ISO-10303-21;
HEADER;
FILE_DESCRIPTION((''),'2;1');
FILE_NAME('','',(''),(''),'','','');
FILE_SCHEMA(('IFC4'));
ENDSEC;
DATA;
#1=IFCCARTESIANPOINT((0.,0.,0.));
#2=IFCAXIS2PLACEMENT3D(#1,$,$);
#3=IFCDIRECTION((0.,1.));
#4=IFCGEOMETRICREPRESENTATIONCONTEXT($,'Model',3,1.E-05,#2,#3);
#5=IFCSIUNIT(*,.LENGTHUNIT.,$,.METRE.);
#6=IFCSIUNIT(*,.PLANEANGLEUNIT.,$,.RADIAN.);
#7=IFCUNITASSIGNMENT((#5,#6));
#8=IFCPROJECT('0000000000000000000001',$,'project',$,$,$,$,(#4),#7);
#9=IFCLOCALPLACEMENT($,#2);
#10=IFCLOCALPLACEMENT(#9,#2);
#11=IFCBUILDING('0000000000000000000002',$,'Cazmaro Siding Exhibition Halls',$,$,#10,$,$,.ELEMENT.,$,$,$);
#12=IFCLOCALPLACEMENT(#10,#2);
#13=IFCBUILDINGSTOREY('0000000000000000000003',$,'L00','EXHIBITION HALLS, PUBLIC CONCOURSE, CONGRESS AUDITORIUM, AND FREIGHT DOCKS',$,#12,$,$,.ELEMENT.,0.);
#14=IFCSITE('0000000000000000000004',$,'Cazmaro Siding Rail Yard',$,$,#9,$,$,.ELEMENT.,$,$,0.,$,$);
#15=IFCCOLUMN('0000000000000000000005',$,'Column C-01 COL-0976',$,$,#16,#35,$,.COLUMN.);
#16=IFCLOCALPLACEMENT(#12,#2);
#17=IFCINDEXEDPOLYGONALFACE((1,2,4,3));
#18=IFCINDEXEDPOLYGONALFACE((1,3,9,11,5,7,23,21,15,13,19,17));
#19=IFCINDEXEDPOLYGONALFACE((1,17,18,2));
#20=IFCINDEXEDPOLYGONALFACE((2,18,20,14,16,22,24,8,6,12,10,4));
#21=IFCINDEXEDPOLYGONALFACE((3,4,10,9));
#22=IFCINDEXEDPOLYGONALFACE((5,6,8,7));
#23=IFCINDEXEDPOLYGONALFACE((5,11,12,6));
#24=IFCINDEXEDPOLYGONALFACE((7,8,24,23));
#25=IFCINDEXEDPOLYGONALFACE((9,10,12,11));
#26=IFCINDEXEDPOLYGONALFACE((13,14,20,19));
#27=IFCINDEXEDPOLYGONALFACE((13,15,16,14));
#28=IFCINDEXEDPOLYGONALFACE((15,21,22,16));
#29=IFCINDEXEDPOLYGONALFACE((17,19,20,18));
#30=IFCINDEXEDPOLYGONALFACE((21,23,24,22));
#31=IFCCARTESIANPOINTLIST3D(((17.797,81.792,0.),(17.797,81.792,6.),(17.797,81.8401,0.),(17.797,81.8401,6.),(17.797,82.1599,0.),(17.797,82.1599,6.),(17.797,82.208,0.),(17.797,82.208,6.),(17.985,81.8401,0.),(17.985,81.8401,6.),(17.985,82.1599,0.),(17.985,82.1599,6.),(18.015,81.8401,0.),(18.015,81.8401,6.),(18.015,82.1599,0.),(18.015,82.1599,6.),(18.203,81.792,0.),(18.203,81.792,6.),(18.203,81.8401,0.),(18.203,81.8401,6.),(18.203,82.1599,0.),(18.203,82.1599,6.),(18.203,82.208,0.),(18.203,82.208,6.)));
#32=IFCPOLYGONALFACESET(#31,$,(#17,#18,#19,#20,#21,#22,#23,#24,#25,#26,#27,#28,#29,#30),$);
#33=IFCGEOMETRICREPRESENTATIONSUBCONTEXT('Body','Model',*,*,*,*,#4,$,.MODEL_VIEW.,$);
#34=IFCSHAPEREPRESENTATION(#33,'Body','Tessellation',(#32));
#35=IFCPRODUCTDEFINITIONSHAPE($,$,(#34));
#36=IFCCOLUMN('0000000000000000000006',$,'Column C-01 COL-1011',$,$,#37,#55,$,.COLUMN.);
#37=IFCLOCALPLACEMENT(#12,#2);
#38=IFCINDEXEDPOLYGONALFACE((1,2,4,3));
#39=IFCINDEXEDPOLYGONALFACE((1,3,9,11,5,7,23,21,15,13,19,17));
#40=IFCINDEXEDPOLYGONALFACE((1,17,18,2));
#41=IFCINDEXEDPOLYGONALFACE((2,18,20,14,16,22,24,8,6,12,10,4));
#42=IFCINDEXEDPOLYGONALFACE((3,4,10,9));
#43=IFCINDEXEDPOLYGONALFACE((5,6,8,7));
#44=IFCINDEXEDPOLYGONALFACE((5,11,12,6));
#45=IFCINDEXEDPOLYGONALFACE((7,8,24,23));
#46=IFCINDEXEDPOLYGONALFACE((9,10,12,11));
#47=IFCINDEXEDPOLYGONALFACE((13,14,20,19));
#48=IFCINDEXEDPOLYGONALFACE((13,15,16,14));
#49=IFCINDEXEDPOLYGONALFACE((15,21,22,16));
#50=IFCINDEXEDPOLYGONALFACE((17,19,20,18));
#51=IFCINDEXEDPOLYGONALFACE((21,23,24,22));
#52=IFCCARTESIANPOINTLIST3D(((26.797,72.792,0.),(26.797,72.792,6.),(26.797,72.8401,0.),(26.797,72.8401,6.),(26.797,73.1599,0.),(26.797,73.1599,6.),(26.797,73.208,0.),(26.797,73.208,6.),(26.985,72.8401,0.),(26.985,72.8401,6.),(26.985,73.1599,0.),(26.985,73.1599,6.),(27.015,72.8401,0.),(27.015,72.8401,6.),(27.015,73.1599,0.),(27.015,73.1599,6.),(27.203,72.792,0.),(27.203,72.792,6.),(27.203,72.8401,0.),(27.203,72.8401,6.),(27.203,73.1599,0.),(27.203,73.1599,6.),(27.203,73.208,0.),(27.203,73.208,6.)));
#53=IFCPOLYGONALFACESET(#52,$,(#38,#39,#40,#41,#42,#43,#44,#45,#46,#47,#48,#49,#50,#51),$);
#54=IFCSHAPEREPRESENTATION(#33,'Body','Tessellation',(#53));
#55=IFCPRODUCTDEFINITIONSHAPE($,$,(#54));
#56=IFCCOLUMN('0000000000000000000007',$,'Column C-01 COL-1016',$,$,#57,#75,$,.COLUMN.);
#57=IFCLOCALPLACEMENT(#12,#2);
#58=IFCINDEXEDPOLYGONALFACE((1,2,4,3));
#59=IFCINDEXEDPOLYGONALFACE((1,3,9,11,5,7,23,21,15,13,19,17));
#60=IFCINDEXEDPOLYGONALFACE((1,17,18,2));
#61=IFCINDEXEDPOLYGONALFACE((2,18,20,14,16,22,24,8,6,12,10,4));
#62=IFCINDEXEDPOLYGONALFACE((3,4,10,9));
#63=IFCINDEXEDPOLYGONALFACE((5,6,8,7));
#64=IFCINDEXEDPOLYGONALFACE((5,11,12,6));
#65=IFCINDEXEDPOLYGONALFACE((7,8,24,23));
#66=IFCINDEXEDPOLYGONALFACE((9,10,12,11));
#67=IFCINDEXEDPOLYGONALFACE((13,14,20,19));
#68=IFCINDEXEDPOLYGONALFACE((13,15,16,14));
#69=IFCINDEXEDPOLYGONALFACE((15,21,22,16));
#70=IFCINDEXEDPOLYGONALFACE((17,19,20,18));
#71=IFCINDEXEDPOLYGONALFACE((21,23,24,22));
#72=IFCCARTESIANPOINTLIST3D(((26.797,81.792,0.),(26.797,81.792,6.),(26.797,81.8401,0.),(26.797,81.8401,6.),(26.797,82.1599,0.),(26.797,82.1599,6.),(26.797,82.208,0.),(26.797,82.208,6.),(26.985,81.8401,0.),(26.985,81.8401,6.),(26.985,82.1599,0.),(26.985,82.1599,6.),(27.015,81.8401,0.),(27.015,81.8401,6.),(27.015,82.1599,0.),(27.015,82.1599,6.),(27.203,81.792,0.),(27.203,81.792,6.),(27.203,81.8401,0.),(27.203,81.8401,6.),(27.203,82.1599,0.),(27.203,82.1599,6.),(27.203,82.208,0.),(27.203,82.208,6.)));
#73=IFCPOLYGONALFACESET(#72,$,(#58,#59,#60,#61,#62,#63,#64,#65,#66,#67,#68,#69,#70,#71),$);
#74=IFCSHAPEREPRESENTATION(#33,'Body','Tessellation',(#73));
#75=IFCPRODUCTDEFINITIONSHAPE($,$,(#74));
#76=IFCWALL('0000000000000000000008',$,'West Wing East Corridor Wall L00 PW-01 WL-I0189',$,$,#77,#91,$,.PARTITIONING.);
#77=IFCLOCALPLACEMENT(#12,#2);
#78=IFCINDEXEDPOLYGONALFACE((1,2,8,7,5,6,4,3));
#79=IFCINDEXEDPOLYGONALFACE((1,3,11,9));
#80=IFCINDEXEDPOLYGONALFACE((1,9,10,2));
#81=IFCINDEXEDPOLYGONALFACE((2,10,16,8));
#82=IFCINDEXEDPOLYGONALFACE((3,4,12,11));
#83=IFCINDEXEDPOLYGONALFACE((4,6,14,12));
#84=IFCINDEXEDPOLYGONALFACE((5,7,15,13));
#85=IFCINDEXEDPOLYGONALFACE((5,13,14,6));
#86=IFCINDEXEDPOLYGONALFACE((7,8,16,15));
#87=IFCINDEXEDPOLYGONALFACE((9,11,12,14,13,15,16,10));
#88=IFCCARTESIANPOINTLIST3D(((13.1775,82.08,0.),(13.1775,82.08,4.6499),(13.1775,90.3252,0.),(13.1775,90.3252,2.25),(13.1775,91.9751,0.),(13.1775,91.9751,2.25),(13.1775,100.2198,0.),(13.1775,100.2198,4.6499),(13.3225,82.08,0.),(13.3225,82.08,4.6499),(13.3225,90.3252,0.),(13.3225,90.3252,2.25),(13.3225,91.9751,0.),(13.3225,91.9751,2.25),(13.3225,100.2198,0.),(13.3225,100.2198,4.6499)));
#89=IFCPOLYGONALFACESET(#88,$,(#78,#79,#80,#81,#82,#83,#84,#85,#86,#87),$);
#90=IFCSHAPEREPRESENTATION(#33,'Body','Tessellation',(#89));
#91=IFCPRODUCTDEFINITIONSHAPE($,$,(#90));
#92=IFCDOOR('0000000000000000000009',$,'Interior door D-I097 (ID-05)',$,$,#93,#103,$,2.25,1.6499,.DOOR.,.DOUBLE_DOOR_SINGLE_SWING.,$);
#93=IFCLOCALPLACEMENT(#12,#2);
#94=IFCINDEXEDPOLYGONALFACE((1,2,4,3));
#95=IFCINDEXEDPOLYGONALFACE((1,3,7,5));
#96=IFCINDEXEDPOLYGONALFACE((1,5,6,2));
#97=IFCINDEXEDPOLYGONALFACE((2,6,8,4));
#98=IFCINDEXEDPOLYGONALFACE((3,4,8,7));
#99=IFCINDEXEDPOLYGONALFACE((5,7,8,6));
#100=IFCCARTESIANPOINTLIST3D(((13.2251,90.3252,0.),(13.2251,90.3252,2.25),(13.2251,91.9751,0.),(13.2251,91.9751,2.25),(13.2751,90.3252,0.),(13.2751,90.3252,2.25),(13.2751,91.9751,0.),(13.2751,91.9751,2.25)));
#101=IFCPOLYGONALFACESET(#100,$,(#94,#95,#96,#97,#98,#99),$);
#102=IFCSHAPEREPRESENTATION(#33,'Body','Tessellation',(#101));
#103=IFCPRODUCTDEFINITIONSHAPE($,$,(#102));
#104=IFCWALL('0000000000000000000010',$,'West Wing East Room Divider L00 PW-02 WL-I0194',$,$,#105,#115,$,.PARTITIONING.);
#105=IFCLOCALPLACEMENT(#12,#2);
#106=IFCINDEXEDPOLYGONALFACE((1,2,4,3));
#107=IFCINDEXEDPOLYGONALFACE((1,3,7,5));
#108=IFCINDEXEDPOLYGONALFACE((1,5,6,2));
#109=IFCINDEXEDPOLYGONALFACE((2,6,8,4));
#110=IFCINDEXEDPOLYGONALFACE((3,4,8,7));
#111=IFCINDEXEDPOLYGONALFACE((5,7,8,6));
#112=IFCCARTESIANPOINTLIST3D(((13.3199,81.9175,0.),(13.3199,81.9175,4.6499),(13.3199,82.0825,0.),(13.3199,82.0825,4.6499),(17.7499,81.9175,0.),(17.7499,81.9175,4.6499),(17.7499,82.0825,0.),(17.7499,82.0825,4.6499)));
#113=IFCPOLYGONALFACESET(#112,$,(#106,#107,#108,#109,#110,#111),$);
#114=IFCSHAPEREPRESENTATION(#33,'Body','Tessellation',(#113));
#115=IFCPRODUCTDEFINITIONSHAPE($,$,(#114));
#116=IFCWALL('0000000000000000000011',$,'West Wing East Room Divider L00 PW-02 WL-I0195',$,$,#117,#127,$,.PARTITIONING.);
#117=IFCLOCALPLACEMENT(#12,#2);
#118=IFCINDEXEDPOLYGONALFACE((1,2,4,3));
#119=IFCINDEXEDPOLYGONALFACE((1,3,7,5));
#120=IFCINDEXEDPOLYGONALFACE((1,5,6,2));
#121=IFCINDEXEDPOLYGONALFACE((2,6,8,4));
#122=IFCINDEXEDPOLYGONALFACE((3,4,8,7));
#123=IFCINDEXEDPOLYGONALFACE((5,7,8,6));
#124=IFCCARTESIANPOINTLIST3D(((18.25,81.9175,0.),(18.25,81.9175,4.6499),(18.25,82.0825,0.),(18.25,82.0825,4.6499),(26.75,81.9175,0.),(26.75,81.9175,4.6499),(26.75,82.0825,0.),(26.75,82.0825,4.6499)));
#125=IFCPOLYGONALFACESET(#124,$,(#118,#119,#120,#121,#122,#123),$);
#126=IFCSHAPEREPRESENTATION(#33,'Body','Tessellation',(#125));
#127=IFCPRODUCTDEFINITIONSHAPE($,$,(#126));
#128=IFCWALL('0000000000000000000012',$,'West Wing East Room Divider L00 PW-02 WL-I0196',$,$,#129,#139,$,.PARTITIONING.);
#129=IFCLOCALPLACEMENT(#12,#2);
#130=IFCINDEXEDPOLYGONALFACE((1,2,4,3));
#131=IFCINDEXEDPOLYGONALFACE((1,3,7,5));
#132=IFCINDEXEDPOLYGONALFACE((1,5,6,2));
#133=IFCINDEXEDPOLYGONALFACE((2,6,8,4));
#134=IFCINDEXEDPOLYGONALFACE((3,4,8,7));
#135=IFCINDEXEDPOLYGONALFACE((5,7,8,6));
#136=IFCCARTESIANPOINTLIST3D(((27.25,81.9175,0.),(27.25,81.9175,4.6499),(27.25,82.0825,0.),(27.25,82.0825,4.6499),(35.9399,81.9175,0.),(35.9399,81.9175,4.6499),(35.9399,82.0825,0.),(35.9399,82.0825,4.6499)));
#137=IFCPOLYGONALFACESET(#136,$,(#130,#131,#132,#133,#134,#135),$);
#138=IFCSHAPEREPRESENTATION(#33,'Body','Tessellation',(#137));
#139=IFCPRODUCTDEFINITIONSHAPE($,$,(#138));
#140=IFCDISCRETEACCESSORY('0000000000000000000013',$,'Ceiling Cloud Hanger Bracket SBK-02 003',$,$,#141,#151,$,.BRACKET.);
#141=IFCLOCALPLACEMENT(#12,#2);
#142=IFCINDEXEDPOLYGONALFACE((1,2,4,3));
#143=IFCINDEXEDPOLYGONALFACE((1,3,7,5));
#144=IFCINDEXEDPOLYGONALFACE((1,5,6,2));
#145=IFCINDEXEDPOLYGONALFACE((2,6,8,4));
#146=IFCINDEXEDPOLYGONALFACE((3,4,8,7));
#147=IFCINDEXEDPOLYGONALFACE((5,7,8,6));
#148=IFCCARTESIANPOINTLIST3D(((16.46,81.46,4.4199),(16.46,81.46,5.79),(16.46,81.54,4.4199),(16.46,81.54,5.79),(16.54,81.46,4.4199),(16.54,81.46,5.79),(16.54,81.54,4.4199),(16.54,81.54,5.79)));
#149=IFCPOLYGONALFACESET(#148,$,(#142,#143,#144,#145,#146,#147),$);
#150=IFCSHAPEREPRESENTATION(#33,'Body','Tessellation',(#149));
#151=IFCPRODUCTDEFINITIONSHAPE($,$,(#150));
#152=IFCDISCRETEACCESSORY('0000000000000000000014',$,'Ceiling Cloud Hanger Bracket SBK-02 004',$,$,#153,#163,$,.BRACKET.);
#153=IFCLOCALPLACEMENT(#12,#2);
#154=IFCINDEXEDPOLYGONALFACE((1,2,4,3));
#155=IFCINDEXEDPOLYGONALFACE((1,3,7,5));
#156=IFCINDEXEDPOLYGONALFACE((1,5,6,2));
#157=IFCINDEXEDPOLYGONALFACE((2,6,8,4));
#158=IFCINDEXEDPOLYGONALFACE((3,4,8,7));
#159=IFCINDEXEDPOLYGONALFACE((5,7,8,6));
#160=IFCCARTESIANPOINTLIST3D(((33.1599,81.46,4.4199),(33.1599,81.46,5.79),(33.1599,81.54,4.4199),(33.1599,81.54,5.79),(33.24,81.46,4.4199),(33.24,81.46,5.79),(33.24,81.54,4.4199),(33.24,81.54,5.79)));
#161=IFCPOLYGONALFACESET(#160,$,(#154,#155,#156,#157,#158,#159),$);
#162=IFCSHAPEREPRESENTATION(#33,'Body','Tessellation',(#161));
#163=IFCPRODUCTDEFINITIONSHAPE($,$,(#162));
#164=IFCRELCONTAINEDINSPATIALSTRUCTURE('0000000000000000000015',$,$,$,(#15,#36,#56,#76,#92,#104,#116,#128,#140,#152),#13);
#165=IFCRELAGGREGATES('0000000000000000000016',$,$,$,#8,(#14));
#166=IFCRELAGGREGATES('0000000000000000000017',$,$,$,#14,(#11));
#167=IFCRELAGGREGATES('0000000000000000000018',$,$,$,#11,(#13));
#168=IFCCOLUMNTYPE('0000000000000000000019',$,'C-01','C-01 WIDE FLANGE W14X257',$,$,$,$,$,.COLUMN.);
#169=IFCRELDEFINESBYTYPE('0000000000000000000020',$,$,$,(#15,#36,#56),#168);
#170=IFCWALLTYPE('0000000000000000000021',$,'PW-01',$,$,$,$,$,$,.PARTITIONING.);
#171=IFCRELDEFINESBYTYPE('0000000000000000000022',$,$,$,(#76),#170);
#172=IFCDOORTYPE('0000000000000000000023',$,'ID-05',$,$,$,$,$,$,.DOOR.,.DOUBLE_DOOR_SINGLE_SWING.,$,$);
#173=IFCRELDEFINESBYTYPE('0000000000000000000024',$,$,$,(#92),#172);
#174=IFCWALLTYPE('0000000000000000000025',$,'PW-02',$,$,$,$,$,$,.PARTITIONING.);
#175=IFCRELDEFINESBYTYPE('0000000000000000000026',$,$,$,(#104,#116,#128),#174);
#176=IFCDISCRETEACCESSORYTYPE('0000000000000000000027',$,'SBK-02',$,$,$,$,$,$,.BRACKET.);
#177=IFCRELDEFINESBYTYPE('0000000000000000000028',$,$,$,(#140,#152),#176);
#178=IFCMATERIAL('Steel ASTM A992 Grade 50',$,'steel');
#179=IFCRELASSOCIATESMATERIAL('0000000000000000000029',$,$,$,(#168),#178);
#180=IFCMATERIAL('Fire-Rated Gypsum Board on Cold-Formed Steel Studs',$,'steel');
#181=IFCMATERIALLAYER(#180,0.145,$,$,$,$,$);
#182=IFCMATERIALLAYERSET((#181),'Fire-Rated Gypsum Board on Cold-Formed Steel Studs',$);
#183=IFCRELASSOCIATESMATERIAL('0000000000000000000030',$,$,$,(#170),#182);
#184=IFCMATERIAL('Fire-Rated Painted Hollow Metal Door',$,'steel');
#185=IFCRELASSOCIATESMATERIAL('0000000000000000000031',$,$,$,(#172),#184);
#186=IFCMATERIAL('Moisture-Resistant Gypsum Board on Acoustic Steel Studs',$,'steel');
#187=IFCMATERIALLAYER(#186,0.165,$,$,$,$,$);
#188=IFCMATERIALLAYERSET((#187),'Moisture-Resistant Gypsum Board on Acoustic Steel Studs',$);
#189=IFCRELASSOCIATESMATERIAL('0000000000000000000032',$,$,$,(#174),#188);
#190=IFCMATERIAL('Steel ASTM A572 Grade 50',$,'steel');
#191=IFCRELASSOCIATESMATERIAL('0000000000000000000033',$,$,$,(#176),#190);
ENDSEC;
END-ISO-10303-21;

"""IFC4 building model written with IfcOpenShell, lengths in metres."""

from ifc_helpers import new_model, si_unit, direction, frame, frame_2d, origin, origin_2d, place, context, subcontext, project, spatial, rectangle, i_section, extrude, material, layer, layer_set, material_profile, profile_set, type_object, element, fill, save


model = new_model("IFC4")

# Units and contexts
model_context = context("Model", 3, precision=1e-05, world=origin(), true_north=direction((0.0, 1.0)))
body_context = subcontext(model_context, "Body", "Model", "MODEL_VIEW")
ifc_project = project(units=[si_unit("LENGTHUNIT", "METRE"), si_unit("PLANEANGLEUNIT", "RADIAN")], contexts=[model_context])

# Site, building, storey
site_placement = place(None, origin())
site = spatial("IfcSite", under=ifc_project, at=site_placement, Name="Cazmaro Siding Rail Yard", CompositionType="ELEMENT", RefElevation=0.0)
building_placement = place(site_placement, origin())
building = spatial("IfcBuilding", under=site, at=building_placement, Name="Cazmaro Siding Exhibition Halls", CompositionType="ELEMENT")
storey_placement = place(building_placement, origin())
storey = spatial("IfcBuildingStorey", under=building, at=storey_placement, Name="L00", Description="EXHIBITION HALLS, PUBLIC CONCOURSE, CONGRESS AUDITORIUM, AND FREIGHT DOCKS", CompositionType="ELEMENT", Elevation=0.0)

# Columns
ifc_material_1 = material(Name="Steel ASTM A992 Grade 50", Category="steel")
ifc_material_profile_1 = material_profile(ifc_material_1, i_section(OverallWidth=0.406, OverallDepth=0.416, WebThickness=0.03, FlangeThickness=0.0481, at=origin_2d()), Name="W14X257")
ifc_profile_set_1 = profile_set([ifc_material_profile_1], Name="Steel ASTM A992 Grade 50")
column_type = type_object("IfcColumnType", Name="C-01", Description="C-01 WIDE FLANGE W14X257", PredefinedType="COLUMN", material=ifc_profile_set_1)
for number, where, z_axis, x_axis, name in (
    (1, (18.0, 82.0, 0.0), (0.0, 0.0, 1.0), (1.0, 0.0, 0.0), "Column C-01 COL-0976"),
    (2, (27.0, 73.0, 0.0), (0.0, 0.0, 1.0), (1.0, 0.0, 0.0), "Column C-01 COL-1011"),
    (3, (27.0, 82.0, 0.0), (0.0, 0.0, 1.0), (1.0, 0.0, 0.0), "Column C-01 COL-1016"),
):
    element("IfcColumn", number, at=place(storey_placement, frame(where, z_axis=z_axis, x_axis=x_axis)), inside=storey, type_object=column_type, Name=name, PredefinedType="COLUMN", context=body_context, shape_type="SweptSolid", body=[
        extrude(i_section(OverallWidth=0.406, OverallDepth=0.416, WebThickness=0.03, FlangeThickness=0.0481, at=origin_2d()), origin(), (0.0, 0.0, 1.0), 6.0),
    ])

# Wall, opening, door
ifc_material_2 = material(Name="Fire-Rated Gypsum Board on Cold-Formed Steel Studs", Category="steel")
ifc_layer_1 = layer(ifc_material_2, 0.145)
ifc_layer_set_1 = layer_set([ifc_layer_1], Name="Fire-Rated Gypsum Board on Cold-Formed Steel Studs")
wall_type_1 = type_object("IfcWallType", Name="PW-01", PredefinedType="PARTITIONING", material=ifc_layer_set_1)
wall_1_placement = place(storey_placement, frame((13.25, 82.0801, 0.0), z_axis=(0.0, 0.0, 1.0), x_axis=(0.0, 1.0, 0.0)))
wall_1 = element("IfcWall", 4, at=wall_1_placement, inside=storey, type_object=wall_type_1, Name="West Wing East Corridor Wall L00 PW-01 WL-I0189", PredefinedType="PARTITIONING", context=body_context, shape_type="SweptSolid", body=[
    extrude(rectangle(XDim=18.1399, YDim=0.145, at=frame_2d((9.0698, 0.0))), origin(), (0.0, 0.0, 1.0), 4.6499),
])
opening_placement = place(wall_1_placement, frame((8.2451, 0.0, 0.0)))
opening = element("IfcOpeningElement", 5, at=opening_placement, cuts=wall_1, PredefinedType="OPENING", context=body_context, shape_type="SweptSolid", body=[
    extrude(rectangle(XDim=1.6499, YDim=2.25, at=frame_2d((0.825, 1.125))), frame((0.0, 0.0825, 0.0), z_axis=(0.0, -1.0, 0.0), x_axis=(1.0, 0.0, 0.0)), (0.0, 0.0, 1.0), 0.165),
])
ifc_material_3 = material(Name="Fire-Rated Painted Hollow Metal Door", Category="steel")
door_type = type_object("IfcDoorType", Name="ID-05", OperationType="DOUBLE_DOOR_SINGLE_SWING", PredefinedType="DOOR", material=ifc_material_3)
door_placement = place(opening_placement, origin())
door = element("IfcDoor", 6, at=door_placement, inside=storey, type_object=door_type, Name="Interior door D-I097 (ID-05)", OperationType="DOUBLE_DOOR_SINGLE_SWING", OverallHeight=2.25, OverallWidth=1.6499, PredefinedType="DOOR", context=body_context, shape_type="SweptSolid", body=[
    extrude(rectangle(XDim=1.6499, YDim=2.25, at=frame_2d((0.825, 1.125))), frame((0.0, 0.0249, 0.0), z_axis=(0.0, -1.0, 0.0), x_axis=(1.0, 0.0, 0.0)), (0.0, 0.0, 1.0), 0.05),
])
fill(opening, door)

# Walls
ifc_material_4 = material(Name="Moisture-Resistant Gypsum Board on Acoustic Steel Studs", Category="steel")
ifc_layer_2 = layer(ifc_material_4, 0.165)
ifc_layer_set_2 = layer_set([ifc_layer_2], Name="Moisture-Resistant Gypsum Board on Acoustic Steel Studs")
wall_type_2 = type_object("IfcWallType", Name="PW-02", PredefinedType="PARTITIONING", material=ifc_layer_set_2)
wall_2_placement = place(storey_placement, frame((13.3201, 82.0, 0.0), z_axis=(0.0, 0.0, 1.0), x_axis=(1.0, 0.0, 0.0)))
element("IfcWall", 7, at=wall_2_placement, inside=storey, type_object=wall_type_2, Name="West Wing East Room Divider L00 PW-02 WL-I0194", PredefinedType="PARTITIONING", context=body_context, shape_type="SweptSolid", body=[
    extrude(rectangle(XDim=4.4299, YDim=0.165, at=frame_2d((2.2148, 0.0))), origin(), (0.0, 0.0, 1.0), 4.6499),
])
wall_3_placement = place(storey_placement, frame((18.25, 82.0, 0.0), z_axis=(0.0, 0.0, 1.0), x_axis=(1.0, 0.0, 0.0)))
element("IfcWall", 8, at=wall_3_placement, inside=storey, type_object=wall_type_2, Name="West Wing East Room Divider L00 PW-02 WL-I0195", PredefinedType="PARTITIONING", context=body_context, shape_type="SweptSolid", body=[
    extrude(rectangle(XDim=8.5, YDim=0.165, at=frame_2d((4.25, 0.0))), origin(), (0.0, 0.0, 1.0), 4.6499),
])
wall_4_placement = place(storey_placement, frame((27.25, 82.0, 0.0), z_axis=(0.0, 0.0, 1.0), x_axis=(1.0, 0.0, 0.0)))
element("IfcWall", 9, at=wall_4_placement, inside=storey, type_object=wall_type_2, Name="West Wing East Room Divider L00 PW-02 WL-I0196", PredefinedType="PARTITIONING", context=body_context, shape_type="SweptSolid", body=[
    extrude(rectangle(XDim=8.6899, YDim=0.165, at=frame_2d((4.345, 0.0))), origin(), (0.0, 0.0, 1.0), 4.6499),
])

# Discrete accessories
ifc_material_5 = material(Name="Steel ASTM A572 Grade 50", Category="steel")
discrete_accessory_type = type_object("IfcDiscreteAccessoryType", Name="SBK-02", PredefinedType="BRACKET", material=ifc_material_5)
for number, where, z_axis, x_axis, name in (
    (10, (16.5, 81.5, 4.4199), (0.0, 0.0, 1.0), (1.0, 0.0, 0.0), "Ceiling Cloud Hanger Bracket SBK-02 003"),
    (11, (33.2, 81.5, 4.4199), (0.0, 0.0, 1.0), (1.0, 0.0, 0.0), "Ceiling Cloud Hanger Bracket SBK-02 004"),
):
    element("IfcDiscreteAccessory", number, at=place(storey_placement, frame(where, z_axis=z_axis, x_axis=x_axis)), inside=storey, type_object=discrete_accessory_type, Name=name, PredefinedType="BRACKET", context=body_context, shape_type="SweptSolid", body=[
        extrude(rectangle(XDim=0.0801, YDim=0.0801, at=origin_2d()), origin(), (0.0, 0.0, 1.0), 1.3701),
    ])

save(model, "model.ifc")
